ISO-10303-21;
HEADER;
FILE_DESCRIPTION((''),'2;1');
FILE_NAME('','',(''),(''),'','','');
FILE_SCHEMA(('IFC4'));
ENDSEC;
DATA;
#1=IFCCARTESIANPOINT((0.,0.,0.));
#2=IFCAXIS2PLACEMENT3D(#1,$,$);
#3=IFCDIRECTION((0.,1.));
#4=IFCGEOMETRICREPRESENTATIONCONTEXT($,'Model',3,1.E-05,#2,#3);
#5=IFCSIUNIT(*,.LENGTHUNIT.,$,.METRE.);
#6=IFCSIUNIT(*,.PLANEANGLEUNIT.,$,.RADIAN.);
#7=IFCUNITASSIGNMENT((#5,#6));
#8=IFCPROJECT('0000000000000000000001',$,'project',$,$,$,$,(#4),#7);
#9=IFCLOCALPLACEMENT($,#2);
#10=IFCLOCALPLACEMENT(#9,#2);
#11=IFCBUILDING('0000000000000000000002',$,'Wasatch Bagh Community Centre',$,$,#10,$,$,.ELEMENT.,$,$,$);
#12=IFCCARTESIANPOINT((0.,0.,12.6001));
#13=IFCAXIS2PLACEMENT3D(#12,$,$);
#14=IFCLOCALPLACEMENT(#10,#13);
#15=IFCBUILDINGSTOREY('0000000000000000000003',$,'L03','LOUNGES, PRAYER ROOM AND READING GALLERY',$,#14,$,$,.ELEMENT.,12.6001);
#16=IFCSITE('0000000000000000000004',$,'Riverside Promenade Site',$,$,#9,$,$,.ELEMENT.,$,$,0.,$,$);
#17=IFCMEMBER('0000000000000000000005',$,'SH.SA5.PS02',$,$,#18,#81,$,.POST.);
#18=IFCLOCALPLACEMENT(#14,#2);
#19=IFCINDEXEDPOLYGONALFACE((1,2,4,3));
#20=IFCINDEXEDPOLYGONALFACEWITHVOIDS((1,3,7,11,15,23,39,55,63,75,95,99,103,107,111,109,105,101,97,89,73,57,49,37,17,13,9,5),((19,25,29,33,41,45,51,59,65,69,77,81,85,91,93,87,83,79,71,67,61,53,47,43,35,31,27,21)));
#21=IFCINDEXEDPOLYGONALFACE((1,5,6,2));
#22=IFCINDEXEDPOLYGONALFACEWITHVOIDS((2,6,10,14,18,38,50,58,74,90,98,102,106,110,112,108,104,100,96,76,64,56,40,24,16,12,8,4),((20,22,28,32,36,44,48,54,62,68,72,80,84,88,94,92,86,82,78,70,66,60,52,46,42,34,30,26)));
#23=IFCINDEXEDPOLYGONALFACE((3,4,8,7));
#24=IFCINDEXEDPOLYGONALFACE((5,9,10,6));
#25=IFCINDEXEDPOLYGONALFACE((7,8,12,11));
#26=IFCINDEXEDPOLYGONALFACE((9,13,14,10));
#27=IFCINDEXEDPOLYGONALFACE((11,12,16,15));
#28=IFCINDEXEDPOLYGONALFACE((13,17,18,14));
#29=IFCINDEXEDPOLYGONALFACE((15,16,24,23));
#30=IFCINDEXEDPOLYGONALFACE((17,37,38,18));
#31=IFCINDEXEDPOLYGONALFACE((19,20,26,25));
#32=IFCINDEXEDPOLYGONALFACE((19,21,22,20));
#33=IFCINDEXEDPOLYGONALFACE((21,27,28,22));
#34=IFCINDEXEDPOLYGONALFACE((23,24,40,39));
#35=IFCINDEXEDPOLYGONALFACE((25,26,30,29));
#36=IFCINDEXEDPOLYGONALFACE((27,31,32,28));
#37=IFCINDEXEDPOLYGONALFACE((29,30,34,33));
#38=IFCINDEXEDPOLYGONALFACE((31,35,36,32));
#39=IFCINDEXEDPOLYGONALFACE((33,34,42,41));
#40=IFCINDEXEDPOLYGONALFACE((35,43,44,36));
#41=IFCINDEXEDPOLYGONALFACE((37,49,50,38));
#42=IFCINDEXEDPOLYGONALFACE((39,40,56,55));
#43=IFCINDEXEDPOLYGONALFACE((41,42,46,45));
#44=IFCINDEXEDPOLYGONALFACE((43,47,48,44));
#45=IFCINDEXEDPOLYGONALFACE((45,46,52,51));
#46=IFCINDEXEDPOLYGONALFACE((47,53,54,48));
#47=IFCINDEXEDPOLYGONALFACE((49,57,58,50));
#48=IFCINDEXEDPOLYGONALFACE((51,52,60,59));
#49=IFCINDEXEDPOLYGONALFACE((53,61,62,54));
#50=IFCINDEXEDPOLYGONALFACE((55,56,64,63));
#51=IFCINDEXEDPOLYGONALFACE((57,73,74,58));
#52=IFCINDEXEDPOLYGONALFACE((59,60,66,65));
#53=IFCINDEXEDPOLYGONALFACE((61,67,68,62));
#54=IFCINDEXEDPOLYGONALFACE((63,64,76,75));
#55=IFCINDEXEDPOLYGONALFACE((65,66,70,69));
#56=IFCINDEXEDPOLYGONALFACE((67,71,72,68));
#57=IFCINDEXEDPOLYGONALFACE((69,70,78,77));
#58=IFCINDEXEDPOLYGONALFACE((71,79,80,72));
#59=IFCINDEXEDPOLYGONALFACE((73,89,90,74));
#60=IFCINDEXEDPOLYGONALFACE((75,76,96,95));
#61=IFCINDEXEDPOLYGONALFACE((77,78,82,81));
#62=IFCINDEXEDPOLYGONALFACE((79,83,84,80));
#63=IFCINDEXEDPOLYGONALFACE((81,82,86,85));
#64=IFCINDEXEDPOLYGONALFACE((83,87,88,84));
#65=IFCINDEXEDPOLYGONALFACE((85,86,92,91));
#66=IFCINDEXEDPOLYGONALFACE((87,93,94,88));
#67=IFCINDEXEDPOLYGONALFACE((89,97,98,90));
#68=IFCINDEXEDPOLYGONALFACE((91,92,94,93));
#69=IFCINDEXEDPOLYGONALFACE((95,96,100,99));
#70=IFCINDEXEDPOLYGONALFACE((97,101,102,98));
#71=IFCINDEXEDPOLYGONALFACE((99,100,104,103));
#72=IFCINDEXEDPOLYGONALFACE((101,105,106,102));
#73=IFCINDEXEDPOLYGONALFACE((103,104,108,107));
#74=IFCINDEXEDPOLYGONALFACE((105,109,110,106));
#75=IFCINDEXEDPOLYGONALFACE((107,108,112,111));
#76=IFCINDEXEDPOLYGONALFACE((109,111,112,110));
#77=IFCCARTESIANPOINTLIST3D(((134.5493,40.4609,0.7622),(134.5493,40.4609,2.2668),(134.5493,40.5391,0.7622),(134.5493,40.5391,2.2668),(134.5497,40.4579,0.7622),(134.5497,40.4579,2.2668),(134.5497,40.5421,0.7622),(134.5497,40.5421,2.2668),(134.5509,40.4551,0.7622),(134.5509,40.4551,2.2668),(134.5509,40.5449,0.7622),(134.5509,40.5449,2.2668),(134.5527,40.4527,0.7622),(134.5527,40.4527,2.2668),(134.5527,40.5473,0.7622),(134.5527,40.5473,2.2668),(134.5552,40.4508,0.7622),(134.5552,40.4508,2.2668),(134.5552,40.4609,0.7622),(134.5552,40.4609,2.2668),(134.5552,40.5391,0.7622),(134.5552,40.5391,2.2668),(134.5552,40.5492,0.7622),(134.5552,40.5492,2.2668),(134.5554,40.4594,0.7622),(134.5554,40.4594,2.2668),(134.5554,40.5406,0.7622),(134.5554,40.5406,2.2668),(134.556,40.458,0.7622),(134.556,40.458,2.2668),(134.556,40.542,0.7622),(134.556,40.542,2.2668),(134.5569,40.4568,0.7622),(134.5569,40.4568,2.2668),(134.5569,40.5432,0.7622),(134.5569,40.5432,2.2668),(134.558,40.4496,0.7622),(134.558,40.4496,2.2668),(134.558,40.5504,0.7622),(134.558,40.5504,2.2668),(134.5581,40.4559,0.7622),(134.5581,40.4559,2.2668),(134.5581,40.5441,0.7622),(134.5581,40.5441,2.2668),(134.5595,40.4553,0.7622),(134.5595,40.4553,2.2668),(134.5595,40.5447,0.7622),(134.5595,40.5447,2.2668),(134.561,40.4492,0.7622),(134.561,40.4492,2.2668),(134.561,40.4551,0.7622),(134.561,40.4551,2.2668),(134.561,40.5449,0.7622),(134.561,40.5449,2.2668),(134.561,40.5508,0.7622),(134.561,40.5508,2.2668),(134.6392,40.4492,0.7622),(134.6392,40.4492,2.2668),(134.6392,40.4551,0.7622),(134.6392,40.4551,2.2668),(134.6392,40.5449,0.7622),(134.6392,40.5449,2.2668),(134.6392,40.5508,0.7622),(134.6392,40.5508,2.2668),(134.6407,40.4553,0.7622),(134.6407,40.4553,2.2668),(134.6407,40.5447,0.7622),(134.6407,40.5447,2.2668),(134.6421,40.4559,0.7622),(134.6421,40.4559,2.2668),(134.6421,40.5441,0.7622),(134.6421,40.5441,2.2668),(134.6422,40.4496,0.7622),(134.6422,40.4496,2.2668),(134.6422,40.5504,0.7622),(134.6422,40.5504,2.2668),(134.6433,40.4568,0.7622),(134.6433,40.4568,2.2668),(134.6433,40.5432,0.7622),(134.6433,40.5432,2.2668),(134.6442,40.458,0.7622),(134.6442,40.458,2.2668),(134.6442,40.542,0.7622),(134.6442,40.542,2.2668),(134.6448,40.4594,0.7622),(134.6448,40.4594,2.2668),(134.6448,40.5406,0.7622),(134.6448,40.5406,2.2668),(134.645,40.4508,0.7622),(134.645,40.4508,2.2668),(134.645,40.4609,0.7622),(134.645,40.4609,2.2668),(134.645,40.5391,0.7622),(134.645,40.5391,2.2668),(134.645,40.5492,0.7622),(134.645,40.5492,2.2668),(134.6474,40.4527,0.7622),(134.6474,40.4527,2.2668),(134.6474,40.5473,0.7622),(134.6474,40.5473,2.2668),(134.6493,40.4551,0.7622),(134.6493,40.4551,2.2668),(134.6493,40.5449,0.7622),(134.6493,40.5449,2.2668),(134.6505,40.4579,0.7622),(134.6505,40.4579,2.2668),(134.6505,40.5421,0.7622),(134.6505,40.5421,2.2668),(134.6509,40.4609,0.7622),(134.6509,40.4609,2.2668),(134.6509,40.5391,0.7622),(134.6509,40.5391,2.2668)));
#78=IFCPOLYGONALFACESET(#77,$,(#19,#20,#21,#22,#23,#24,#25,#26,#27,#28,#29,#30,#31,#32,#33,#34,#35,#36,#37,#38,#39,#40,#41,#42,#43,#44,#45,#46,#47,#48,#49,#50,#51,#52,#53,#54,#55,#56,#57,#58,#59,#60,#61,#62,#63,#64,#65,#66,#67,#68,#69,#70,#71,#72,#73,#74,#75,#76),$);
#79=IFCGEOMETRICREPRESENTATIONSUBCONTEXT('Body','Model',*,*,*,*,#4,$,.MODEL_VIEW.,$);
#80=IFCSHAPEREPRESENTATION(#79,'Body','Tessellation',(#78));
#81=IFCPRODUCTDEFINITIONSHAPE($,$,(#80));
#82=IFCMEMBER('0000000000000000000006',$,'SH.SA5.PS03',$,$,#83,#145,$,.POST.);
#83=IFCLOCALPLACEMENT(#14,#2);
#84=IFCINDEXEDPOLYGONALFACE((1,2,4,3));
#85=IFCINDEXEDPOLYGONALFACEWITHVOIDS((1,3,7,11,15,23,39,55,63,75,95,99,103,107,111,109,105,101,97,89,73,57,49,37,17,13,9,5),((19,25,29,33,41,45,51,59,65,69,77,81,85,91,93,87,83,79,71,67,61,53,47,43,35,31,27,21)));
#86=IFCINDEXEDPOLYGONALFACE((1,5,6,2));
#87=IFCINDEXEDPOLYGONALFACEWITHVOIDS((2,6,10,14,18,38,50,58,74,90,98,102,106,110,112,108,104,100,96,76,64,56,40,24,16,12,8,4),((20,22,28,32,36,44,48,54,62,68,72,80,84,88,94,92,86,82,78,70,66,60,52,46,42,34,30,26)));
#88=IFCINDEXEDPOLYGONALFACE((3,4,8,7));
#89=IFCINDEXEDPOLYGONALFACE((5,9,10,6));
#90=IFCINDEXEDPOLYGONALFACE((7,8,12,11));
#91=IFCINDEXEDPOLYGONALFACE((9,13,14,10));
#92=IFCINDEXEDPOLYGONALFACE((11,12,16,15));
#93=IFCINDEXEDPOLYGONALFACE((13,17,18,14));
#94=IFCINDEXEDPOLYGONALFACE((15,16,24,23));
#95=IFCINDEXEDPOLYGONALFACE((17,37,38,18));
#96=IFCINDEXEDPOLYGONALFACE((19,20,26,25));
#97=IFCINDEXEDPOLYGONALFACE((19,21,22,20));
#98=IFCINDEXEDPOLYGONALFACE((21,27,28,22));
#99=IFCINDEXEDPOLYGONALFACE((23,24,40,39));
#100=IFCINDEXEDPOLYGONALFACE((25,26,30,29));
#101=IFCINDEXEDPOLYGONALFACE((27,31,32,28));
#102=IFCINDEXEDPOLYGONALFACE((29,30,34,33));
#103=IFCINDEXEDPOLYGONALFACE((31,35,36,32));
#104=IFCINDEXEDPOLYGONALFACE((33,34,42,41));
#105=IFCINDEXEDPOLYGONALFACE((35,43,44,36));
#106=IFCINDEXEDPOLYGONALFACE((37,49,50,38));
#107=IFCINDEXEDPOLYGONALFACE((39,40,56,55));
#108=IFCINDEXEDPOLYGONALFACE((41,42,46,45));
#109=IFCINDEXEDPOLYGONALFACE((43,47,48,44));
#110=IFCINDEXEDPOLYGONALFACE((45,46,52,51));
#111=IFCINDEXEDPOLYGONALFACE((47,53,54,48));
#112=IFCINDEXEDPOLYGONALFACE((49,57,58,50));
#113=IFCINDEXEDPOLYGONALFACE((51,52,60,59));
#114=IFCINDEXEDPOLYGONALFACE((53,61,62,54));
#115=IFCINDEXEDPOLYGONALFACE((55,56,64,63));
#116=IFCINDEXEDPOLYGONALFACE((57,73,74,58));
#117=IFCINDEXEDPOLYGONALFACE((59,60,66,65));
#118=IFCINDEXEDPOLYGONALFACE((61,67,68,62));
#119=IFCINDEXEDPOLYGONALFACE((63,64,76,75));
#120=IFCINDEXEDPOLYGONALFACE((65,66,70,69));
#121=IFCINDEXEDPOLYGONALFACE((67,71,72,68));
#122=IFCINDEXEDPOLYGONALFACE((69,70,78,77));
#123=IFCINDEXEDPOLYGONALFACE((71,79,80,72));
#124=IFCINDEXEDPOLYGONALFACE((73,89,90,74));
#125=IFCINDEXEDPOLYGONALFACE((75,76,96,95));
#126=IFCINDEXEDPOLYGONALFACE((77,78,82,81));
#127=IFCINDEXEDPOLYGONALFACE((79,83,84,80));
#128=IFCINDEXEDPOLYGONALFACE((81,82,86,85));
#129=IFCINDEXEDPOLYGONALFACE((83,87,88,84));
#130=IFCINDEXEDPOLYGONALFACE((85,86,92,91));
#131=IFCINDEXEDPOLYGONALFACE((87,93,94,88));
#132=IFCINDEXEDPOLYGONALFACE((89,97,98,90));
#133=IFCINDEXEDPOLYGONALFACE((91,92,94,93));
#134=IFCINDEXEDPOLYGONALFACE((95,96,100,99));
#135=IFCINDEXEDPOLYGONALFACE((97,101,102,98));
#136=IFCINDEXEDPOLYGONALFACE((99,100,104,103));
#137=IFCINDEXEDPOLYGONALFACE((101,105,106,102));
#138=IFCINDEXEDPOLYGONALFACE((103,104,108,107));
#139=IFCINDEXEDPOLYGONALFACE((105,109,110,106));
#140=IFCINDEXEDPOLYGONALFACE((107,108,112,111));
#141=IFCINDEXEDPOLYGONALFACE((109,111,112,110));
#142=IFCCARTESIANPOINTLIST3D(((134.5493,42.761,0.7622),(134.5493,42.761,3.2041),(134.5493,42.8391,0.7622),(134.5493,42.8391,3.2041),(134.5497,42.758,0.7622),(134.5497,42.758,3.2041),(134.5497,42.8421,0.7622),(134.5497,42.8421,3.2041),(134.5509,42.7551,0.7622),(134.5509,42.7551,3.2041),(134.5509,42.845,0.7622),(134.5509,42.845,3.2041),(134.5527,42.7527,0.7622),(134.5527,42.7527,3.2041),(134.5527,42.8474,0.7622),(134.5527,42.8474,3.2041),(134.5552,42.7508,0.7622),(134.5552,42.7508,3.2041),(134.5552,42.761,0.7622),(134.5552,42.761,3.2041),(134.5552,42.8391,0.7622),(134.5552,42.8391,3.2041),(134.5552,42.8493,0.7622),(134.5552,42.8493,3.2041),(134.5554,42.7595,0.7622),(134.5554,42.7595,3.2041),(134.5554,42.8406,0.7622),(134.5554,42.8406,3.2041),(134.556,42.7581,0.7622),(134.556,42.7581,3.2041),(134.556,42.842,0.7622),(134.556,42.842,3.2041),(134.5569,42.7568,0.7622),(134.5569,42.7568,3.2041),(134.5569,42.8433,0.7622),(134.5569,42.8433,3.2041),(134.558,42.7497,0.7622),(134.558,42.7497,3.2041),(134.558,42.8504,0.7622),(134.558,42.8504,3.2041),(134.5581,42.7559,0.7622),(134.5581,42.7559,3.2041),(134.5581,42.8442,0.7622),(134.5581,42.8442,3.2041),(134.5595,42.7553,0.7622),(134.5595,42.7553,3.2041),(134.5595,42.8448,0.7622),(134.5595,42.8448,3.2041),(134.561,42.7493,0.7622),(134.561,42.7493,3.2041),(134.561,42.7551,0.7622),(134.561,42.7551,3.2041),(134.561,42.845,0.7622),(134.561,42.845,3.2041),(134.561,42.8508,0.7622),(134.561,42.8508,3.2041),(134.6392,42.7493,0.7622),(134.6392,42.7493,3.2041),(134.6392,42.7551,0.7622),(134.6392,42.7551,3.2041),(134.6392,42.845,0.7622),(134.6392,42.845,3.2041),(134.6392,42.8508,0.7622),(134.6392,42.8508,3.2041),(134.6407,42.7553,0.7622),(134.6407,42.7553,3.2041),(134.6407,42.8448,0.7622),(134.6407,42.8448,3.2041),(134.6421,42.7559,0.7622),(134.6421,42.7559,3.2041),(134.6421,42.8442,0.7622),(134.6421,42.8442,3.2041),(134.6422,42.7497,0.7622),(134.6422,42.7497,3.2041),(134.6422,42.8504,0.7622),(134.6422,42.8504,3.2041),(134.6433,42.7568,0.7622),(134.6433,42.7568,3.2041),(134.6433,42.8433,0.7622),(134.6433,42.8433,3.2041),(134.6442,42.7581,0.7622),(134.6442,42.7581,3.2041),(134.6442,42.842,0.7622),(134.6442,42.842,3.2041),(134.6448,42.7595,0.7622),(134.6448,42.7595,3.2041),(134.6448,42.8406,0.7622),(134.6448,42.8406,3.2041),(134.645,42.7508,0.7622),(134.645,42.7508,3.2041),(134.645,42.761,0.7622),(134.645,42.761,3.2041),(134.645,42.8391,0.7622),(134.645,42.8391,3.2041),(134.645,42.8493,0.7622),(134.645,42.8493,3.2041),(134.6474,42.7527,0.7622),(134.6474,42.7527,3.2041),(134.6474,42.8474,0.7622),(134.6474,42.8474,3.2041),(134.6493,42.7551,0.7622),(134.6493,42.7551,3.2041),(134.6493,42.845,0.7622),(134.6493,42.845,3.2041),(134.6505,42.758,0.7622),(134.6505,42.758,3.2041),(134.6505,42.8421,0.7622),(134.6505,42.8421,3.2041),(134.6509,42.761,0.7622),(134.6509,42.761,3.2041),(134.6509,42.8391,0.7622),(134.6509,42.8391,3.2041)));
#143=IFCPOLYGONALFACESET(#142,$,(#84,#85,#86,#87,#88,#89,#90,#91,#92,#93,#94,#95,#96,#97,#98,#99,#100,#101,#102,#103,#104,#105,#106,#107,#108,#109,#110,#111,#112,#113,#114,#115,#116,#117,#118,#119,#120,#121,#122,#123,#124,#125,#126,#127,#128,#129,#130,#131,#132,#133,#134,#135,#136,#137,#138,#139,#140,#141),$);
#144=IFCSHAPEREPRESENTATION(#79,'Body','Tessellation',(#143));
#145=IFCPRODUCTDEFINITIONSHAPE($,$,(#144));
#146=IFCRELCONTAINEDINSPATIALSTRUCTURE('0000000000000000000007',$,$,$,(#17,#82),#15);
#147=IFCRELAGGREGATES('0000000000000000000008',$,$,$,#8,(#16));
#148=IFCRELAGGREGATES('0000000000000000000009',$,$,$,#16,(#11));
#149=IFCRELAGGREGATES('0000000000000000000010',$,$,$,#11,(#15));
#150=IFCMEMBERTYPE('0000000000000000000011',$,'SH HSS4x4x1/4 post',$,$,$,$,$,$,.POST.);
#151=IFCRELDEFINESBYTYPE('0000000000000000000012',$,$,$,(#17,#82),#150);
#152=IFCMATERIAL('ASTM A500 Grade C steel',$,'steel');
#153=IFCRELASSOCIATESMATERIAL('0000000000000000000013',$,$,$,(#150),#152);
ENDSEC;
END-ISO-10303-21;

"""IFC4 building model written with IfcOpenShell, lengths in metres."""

from ifc_helpers import new_model, si_unit, direction, frame, origin, origin_2d, place, context, subcontext, project, spatial, hollow_rectangle, extrude, material, material_profile, profile_set, type_object, element, save


model = new_model("IFC4")

# Units and contexts
model_context = context("Model", 3, precision=1e-05, world=origin(), true_north=direction((0.0, 1.0)))
body_context = subcontext(model_context, "Body", "Model", "MODEL_VIEW")
ifc_project = project(units=[si_unit("LENGTHUNIT", "METRE"), si_unit("PLANEANGLEUNIT", "RADIAN")], contexts=[model_context])

# Site, building, storey
site_placement = place(None, origin())
site = spatial("IfcSite", under=ifc_project, at=site_placement, Name="Riverside Promenade Site", CompositionType="ELEMENT", RefElevation=0.0)
building_placement = place(site_placement, origin())
building = spatial("IfcBuilding", under=site, at=building_placement, Name="Wasatch Bagh Community Centre", CompositionType="ELEMENT")
storey_placement = place(building_placement, frame((0.0, 0.0, 12.6001)))
storey = spatial("IfcBuildingStorey", under=building, at=storey_placement, Name="L03", Description="LOUNGES, PRAYER ROOM AND READING GALLERY", CompositionType="ELEMENT", Elevation=12.6001)

# Members
ifc_material_1 = material(Name="ASTM A500 Grade C steel", Category="steel")
ifc_material_profile_1 = material_profile(ifc_material_1, hollow_rectangle(XDim=0.1016, YDim=0.1016, WallThickness=0.0059, InnerFilletRadius=0.0059, OuterFilletRadius=0.0117, at=origin_2d()), Name="HSS4x4x1/4")
ifc_profile_set_1 = profile_set([ifc_material_profile_1], Name="ASTM A500 Grade C steel")
member_type_1 = type_object("IfcMemberType", Name="SH HSS4x4x1/4 post", PredefinedType="POST", material=ifc_profile_set_1)
member_1_placement = place(storey_placement, frame((134.6001, 40.5, 0.7622), z_axis=(0.0, 0.0, 1.0), x_axis=(1.0, 0.0, 0.0)))
element("IfcMember", 1, at=member_1_placement, inside=storey, type_object=member_type_1, Name="SH.SA5.PS02", PredefinedType="POST", context=body_context, shape_type="SweptSolid", body=[
    extrude(hollow_rectangle(XDim=0.1016, YDim=0.1016, WallThickness=0.0059, InnerFilletRadius=0.0059, OuterFilletRadius=0.0117, at=origin_2d()), origin(), (0.0, 0.0, 1.0), 1.5046),
])
member_2_placement = place(storey_placement, frame((134.6001, 42.8, 0.7622), z_axis=(0.0, 0.0, 1.0), x_axis=(1.0, 0.0, 0.0)))
element("IfcMember", 2, at=member_2_placement, inside=storey, type_object=member_type_1, Name="SH.SA5.PS03", PredefinedType="POST", context=body_context, shape_type="SweptSolid", body=[
    extrude(hollow_rectangle(XDim=0.1016, YDim=0.1016, WallThickness=0.0059, InnerFilletRadius=0.0059, OuterFilletRadius=0.0117, at=origin_2d()), origin(), (0.0, 0.0, 1.0), 2.4419),
])

save(model, "model.ifc")
